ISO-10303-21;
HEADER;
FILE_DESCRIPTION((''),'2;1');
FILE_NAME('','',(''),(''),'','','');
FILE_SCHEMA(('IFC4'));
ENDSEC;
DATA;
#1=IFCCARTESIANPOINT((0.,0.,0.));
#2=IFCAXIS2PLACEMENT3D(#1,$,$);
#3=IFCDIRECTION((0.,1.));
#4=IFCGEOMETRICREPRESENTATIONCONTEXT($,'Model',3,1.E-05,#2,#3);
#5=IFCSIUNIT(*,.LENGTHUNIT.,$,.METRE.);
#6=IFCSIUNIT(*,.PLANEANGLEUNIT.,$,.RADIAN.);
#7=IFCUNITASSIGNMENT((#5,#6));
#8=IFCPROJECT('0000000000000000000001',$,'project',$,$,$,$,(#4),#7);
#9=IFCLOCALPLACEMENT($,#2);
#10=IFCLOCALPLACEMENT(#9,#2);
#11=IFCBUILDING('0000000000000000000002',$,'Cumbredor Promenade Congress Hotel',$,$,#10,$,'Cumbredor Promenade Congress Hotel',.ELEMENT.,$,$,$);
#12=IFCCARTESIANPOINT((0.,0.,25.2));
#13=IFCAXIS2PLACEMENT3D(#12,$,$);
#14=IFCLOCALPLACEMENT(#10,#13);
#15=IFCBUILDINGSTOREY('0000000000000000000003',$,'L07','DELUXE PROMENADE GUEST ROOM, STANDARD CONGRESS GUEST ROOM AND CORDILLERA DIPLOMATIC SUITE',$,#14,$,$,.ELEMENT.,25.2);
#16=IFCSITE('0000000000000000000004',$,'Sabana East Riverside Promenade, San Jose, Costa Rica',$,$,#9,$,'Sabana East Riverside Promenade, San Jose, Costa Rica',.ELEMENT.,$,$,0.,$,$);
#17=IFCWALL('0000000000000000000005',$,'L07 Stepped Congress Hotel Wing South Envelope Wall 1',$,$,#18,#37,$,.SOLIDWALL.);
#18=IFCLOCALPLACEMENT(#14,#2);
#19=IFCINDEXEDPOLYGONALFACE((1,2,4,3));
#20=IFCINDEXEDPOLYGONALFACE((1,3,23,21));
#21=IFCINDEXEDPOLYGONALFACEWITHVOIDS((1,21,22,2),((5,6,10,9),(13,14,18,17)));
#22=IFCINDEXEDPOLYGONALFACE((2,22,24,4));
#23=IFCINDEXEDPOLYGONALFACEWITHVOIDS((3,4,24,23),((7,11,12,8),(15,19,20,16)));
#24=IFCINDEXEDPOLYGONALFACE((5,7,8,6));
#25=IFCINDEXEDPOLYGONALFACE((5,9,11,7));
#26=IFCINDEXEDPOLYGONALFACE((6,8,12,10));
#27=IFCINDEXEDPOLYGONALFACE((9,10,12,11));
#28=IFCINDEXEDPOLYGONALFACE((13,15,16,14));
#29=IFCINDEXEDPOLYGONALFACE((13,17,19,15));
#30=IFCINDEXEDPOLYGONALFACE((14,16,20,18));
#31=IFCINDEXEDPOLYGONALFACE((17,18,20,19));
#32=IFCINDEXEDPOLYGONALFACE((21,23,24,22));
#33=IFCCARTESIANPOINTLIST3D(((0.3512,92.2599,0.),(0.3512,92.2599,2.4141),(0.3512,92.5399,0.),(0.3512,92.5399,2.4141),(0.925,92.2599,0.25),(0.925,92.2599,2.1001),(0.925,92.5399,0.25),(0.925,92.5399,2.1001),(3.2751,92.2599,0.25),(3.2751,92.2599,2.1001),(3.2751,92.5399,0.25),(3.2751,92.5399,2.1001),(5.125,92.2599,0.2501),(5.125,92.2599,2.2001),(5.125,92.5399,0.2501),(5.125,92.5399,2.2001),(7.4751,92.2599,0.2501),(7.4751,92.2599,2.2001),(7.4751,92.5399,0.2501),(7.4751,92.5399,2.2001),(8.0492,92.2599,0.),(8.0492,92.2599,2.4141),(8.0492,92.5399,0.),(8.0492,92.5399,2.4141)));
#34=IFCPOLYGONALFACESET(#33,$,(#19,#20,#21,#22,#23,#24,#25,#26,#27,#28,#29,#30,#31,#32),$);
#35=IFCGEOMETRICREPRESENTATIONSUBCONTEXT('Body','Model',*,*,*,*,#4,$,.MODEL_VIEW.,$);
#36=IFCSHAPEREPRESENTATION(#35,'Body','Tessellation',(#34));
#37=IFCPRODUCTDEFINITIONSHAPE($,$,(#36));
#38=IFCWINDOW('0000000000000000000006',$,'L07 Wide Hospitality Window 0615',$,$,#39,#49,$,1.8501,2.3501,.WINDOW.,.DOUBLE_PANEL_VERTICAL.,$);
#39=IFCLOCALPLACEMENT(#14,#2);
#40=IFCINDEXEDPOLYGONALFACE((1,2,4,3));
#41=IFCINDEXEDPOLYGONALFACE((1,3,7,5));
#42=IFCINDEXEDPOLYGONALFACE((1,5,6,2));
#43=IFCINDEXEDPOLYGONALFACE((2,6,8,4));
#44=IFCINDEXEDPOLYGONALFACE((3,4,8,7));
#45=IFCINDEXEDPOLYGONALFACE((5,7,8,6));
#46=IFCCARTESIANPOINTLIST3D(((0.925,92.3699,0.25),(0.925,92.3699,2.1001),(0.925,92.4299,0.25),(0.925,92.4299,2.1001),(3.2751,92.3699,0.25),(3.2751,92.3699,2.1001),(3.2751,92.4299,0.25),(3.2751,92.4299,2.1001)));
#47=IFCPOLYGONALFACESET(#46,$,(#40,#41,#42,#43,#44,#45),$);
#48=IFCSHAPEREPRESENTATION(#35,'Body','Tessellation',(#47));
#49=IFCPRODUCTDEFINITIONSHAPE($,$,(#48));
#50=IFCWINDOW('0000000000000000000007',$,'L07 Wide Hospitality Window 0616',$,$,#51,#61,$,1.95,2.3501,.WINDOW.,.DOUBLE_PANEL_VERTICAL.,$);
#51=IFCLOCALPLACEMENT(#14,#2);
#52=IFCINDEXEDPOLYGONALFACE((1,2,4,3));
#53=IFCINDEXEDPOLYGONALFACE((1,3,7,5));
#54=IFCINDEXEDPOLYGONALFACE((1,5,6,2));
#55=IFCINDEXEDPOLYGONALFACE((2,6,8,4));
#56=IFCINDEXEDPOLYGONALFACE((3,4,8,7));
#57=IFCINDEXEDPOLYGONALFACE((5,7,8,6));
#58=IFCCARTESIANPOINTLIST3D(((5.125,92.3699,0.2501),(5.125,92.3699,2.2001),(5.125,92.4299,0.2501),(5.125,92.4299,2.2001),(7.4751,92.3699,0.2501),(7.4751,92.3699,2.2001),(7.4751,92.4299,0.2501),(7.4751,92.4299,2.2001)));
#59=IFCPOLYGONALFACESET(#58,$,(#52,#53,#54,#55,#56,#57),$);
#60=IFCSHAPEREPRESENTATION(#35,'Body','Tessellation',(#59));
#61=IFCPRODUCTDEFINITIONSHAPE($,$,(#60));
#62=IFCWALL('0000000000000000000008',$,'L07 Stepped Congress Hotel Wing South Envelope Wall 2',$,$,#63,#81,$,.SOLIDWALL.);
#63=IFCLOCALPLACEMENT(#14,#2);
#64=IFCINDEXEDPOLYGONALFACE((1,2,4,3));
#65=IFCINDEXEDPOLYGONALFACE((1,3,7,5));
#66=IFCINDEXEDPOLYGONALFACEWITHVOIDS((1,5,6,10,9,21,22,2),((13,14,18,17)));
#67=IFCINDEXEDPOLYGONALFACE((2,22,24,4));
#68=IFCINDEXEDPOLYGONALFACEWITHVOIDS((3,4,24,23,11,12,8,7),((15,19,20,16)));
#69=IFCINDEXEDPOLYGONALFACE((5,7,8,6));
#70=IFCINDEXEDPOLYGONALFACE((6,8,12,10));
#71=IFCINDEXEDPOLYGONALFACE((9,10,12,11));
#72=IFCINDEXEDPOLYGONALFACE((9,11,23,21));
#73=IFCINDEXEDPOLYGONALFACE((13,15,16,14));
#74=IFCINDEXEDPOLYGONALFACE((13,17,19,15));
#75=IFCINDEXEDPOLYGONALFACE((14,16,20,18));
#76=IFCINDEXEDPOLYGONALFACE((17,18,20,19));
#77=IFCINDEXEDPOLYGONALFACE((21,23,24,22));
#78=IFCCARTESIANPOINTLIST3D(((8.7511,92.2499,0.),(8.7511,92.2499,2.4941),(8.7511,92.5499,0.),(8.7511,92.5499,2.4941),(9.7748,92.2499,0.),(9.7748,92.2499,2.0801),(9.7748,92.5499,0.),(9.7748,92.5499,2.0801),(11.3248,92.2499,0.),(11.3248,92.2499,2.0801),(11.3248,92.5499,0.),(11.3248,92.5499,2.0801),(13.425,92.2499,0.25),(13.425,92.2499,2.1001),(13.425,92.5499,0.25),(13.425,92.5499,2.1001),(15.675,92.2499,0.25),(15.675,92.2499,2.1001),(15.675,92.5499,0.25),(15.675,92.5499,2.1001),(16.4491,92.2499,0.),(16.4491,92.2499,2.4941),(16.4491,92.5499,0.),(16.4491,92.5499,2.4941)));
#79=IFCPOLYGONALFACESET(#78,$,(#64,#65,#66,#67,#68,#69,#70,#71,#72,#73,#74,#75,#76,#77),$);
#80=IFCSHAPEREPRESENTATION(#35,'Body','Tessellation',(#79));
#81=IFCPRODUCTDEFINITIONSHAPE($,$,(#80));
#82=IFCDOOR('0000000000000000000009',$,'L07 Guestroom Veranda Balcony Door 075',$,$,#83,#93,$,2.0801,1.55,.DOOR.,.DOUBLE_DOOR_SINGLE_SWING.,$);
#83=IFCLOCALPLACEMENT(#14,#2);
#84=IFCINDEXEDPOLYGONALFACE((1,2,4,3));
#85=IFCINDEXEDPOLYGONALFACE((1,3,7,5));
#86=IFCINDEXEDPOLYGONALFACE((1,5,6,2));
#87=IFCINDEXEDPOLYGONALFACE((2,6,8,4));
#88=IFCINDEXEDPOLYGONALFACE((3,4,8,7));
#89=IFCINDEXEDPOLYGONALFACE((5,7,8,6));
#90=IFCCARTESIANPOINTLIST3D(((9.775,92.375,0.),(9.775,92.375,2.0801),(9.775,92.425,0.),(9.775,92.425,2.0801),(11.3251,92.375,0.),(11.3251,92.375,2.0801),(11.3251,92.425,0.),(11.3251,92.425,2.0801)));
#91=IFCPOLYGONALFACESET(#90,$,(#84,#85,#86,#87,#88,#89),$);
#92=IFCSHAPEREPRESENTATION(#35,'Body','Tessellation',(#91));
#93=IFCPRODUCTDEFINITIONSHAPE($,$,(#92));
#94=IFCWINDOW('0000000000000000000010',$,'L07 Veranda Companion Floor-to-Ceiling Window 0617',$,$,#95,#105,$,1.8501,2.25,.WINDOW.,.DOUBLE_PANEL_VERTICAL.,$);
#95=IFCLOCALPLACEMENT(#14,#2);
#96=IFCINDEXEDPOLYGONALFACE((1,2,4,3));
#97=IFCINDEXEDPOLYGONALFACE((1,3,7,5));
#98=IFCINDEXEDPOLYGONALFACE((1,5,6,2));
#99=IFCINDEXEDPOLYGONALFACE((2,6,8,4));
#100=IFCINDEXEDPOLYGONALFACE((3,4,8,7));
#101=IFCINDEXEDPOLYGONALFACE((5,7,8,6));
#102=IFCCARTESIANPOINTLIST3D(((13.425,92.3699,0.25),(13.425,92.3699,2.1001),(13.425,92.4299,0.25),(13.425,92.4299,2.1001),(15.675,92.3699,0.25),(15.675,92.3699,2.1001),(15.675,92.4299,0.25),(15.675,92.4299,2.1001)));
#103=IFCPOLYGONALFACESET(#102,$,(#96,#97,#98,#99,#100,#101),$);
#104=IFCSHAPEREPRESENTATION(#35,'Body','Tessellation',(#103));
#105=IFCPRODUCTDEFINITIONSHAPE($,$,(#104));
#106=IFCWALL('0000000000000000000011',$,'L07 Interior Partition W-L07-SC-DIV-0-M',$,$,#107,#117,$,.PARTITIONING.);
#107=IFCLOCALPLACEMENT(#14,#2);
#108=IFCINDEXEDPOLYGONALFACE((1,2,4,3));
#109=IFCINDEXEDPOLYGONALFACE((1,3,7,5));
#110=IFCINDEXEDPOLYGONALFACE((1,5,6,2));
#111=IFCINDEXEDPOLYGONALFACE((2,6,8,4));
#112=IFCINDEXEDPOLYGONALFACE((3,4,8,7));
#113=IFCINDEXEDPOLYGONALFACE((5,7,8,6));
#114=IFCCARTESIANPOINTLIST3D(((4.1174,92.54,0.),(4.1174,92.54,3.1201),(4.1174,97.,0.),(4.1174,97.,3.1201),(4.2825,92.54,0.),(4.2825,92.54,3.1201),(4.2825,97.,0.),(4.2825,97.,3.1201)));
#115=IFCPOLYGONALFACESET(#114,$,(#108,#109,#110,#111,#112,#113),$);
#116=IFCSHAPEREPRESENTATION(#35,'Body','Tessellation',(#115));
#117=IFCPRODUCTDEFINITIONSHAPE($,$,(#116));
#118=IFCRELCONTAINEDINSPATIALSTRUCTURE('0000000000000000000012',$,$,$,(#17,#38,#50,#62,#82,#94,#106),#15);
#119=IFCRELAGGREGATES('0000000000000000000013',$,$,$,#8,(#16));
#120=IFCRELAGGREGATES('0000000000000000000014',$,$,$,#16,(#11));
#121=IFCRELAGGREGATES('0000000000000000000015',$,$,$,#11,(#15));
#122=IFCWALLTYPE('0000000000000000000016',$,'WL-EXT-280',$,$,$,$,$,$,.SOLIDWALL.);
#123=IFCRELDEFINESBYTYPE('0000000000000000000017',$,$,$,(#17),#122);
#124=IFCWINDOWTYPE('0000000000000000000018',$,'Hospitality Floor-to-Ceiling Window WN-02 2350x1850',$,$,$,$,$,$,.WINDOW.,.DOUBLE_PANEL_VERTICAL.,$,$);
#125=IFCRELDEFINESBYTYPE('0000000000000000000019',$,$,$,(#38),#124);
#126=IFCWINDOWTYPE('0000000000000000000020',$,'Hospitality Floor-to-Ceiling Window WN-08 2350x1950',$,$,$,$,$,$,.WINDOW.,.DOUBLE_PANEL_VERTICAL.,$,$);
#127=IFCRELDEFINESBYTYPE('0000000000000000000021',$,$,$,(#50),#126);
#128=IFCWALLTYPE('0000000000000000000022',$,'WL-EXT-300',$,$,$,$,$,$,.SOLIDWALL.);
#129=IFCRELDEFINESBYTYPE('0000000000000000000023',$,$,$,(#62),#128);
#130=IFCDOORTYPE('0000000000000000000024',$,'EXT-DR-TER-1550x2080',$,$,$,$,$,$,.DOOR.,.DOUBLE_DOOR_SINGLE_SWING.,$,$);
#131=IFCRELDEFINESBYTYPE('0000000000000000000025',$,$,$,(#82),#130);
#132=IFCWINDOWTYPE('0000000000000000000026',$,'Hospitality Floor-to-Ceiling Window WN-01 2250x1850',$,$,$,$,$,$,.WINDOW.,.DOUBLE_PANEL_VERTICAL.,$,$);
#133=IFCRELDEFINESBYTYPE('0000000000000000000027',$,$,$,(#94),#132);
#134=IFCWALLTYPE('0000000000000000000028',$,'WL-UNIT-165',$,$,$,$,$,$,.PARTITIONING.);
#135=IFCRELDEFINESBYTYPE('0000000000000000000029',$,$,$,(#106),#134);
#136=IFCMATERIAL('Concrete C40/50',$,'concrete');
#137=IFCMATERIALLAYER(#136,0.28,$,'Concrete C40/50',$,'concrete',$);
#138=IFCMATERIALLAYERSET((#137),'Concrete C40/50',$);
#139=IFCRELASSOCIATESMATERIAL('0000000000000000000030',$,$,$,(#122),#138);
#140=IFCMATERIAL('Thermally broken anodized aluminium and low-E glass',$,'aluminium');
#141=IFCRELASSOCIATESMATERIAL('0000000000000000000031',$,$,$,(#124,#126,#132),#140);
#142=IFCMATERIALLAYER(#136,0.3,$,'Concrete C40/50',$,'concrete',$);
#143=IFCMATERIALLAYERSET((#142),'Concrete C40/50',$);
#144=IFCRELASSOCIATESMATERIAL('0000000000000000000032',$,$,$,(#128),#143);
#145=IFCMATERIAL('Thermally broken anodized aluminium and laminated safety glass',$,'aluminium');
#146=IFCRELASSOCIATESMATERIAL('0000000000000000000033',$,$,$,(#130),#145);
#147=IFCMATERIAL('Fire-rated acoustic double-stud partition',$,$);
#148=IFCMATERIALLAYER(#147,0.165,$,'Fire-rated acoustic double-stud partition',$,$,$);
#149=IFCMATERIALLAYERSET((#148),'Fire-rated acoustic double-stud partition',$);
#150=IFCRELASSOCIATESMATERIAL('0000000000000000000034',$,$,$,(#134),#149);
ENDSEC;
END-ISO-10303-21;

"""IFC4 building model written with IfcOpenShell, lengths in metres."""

from ifc_helpers import new_model, si_unit, direction, frame, frame_2d, origin, place, context, subcontext, project, spatial, rectangle, extrude, material, layer, layer_set, type_object, element, fill, save


model = new_model("IFC4")

# Units and contexts
model_context = context("Model", 3, precision=1e-05, world=origin(), true_north=direction((0.0, 1.0)))
body_context = subcontext(model_context, "Body", "Model", "MODEL_VIEW")
ifc_project = project(units=[si_unit("LENGTHUNIT", "METRE"), si_unit("PLANEANGLEUNIT", "RADIAN")], contexts=[model_context])

# Site, building, storey
site_placement = place(None, origin())
site = spatial("IfcSite", under=ifc_project, at=site_placement, Name="Sabana East Riverside Promenade, San Jose, Costa Rica", LongName="Sabana East Riverside Promenade, San Jose, Costa Rica", CompositionType="ELEMENT", RefElevation=0.0)
building_placement = place(site_placement, origin())
building = spatial("IfcBuilding", under=site, at=building_placement, Name="Cumbredor Promenade Congress Hotel", LongName="Cumbredor Promenade Congress Hotel", CompositionType="ELEMENT")
storey_placement = place(building_placement, frame((0.0, 0.0, 25.2)))
storey = spatial("IfcBuildingStorey", under=building, at=storey_placement, Name="L07", Description="DELUXE PROMENADE GUEST ROOM, STANDARD CONGRESS GUEST ROOM AND CORDILLERA DIPLOMATIC SUITE", CompositionType="ELEMENT", Elevation=25.2)

# Shared definitions
ifc_material_1 = material(Name="Concrete C40/50", Category="concrete")

# Shared definitions
ifc_material_2 = material(Name="Thermally broken anodized aluminium and low-E glass", Category="aluminium")

# Wall, openings, windows
ifc_layer_1 = layer(ifc_material_1, 0.28, Name="Concrete C40/50", Category="concrete")
ifc_layer_set_1 = layer_set([ifc_layer_1], Name="Concrete C40/50")
wall_type_1 = type_object("IfcWallType", Name="WL-EXT-280", PredefinedType="SOLIDWALL", material=ifc_layer_set_1)
wall_1_placement = place(storey_placement, frame((0.3511, 92.3999, 0.0), z_axis=(0.0, 0.0, 1.0), x_axis=(1.0, 0.0, 0.0)))
wall_1 = element("IfcWall", 1, at=wall_1_placement, inside=storey, type_object=wall_type_1, Name="L07 Stepped Congress Hotel Wing South Envelope Wall 1", PredefinedType="SOLIDWALL", context=body_context, shape_type="SweptSolid", body=[
    extrude(rectangle(XDim=7.698, YDim=0.28, at=frame_2d((3.8491, 0.0))), origin(), (0.0, 0.0, 1.0), 2.4141),
])
opening_1_placement = place(wall_1_placement, frame((0.574, 0.0, 0.25)))
opening_1 = element("IfcOpeningElement", 2, at=opening_1_placement, cuts=wall_1, PredefinedType="OPENING", context=body_context, shape_type="SweptSolid", body=[
    extrude(rectangle(XDim=2.3501, YDim=1.8501, at=frame_2d((1.175, 0.925))), frame((0.0, 0.1499, 0.0), z_axis=(0.0, -1.0, 0.0), x_axis=(1.0, 0.0, 0.0)), (0.0, 0.0, 1.0), 0.3),
])
opening_2_placement = place(wall_1_placement, frame((4.7739, 0.0, 0.25)))
opening_2 = element("IfcOpeningElement", 3, at=opening_2_placement, cuts=wall_1, PredefinedType="OPENING", context=body_context, shape_type="SweptSolid", body=[
    extrude(rectangle(XDim=2.3501, YDim=1.95, at=frame_2d((1.175, 0.9751))), frame((0.0, 0.1499, 0.0), z_axis=(0.0, -1.0, 0.0), x_axis=(1.0, 0.0, 0.0)), (0.0, 0.0, 1.0), 0.3),
])
window_type_1 = type_object("IfcWindowType", Name="Hospitality Floor-to-Ceiling Window WN-02 2350x1850", PartitioningType="DOUBLE_PANEL_VERTICAL", PredefinedType="WINDOW", material=ifc_material_2)
window_1_placement = place(opening_1_placement, origin())
window_1 = element("IfcWindow", 4, at=window_1_placement, inside=storey, type_object=window_type_1, Name="L07 Wide Hospitality Window 0615", OverallHeight=1.8501, OverallWidth=2.3501, PartitioningType="DOUBLE_PANEL_VERTICAL", PredefinedType="WINDOW", context=body_context, shape_type="SweptSolid", body=[
    extrude(rectangle(XDim=2.3501, YDim=1.8501, at=frame_2d((1.175, 0.925))), frame((0.0, 0.03, 0.0), z_axis=(0.0, -1.0, 0.0), x_axis=(1.0, 0.0, 0.0)), (0.0, 0.0, 1.0), 0.0601),
])
fill(opening_1, window_1)
window_type_2 = type_object("IfcWindowType", Name="Hospitality Floor-to-Ceiling Window WN-08 2350x1950", PartitioningType="DOUBLE_PANEL_VERTICAL", PredefinedType="WINDOW", material=ifc_material_2)
window_2_placement = place(opening_2_placement, origin())
window_2 = element("IfcWindow", 5, at=window_2_placement, inside=storey, type_object=window_type_2, Name="L07 Wide Hospitality Window 0616", OverallHeight=1.95, OverallWidth=2.3501, PartitioningType="DOUBLE_PANEL_VERTICAL", PredefinedType="WINDOW", context=body_context, shape_type="SweptSolid", body=[
    extrude(rectangle(XDim=2.3501, YDim=1.95, at=frame_2d((1.175, 0.9751))), frame((0.0, 0.03, 0.0), z_axis=(0.0, -1.0, 0.0), x_axis=(1.0, 0.0, 0.0)), (0.0, 0.0, 1.0), 0.0601),
])
fill(opening_2, window_2)

# Wall, openings, door, window
ifc_layer_2 = layer(ifc_material_1, 0.3, Name="Concrete C40/50", Category="concrete")
ifc_layer_set_2 = layer_set([ifc_layer_2], Name="Concrete C40/50")
wall_type_2 = type_object("IfcWallType", Name="WL-EXT-300", PredefinedType="SOLIDWALL", material=ifc_layer_set_2)
wall_2_placement = place(storey_placement, frame((8.751, 92.3999, 0.0), z_axis=(0.0, 0.0, 1.0), x_axis=(1.0, 0.0, 0.0)))
wall_2 = element("IfcWall", 6, at=wall_2_placement, inside=storey, type_object=wall_type_2, Name="L07 Stepped Congress Hotel Wing South Envelope Wall 2", PredefinedType="SOLIDWALL", context=body_context, shape_type="SweptSolid", body=[
    extrude(rectangle(XDim=7.698, YDim=0.3, at=frame_2d((3.8491, 0.0))), origin(), (0.0, 0.0, 1.0), 2.4941),
])
opening_3_placement = place(wall_2_placement, frame((1.0239, 0.0, 0.0)))
opening_3 = element("IfcOpeningElement", 7, at=opening_3_placement, cuts=wall_2, PredefinedType="OPENING", context=body_context, shape_type="SweptSolid", body=[
    extrude(rectangle(XDim=1.55, YDim=2.0801, at=frame_2d((0.7749, 1.04))), frame((0.0, 0.1602, 0.0), z_axis=(0.0, -1.0, 0.0), x_axis=(1.0, 0.0, 0.0)), (0.0, 0.0, 1.0), 0.3201),
])
opening_4_placement = place(wall_2_placement, frame((4.6741, 0.0, 0.25)))
opening_4 = element("IfcOpeningElement", 8, at=opening_4_placement, cuts=wall_2, PredefinedType="OPENING", context=body_context, shape_type="SweptSolid", body=[
    extrude(rectangle(XDim=2.25, YDim=1.8501, at=frame_2d((1.125, 0.925))), frame((0.0, 0.1602, 0.0), z_axis=(0.0, -1.0, 0.0), x_axis=(1.0, 0.0, 0.0)), (0.0, 0.0, 1.0), 0.3201),
])
ifc_material_3 = material(Name="Thermally broken anodized aluminium and laminated safety glass", Category="aluminium")
door_type = type_object("IfcDoorType", Name="EXT-DR-TER-1550x2080", OperationType="DOUBLE_DOOR_SINGLE_SWING", PredefinedType="DOOR", material=ifc_material_3)
door_placement = place(opening_3_placement, frame((1.55, 0.0, 0.0), z_axis=(0.0, 0.0, 1.0), x_axis=(-1.0, 0.0, 0.0)))
door = element("IfcDoor", 9, at=door_placement, inside=storey, type_object=door_type, Name="L07 Guestroom Veranda Balcony Door 075", OperationType="DOUBLE_DOOR_SINGLE_SWING", OverallHeight=2.0801, OverallWidth=1.55, PredefinedType="DOOR", context=body_context, shape_type="SweptSolid", body=[
    extrude(rectangle(XDim=1.55, YDim=2.0801, at=frame_2d((0.7749, 1.04))), frame((0.0, 0.0249, 0.0), z_axis=(0.0, -1.0, 0.0), x_axis=(1.0, 0.0, 0.0)), (0.0, 0.0, 1.0), 0.05),
])
fill(opening_3, door)
window_type_3 = type_object("IfcWindowType", Name="Hospitality Floor-to-Ceiling Window WN-01 2250x1850", PartitioningType="DOUBLE_PANEL_VERTICAL", PredefinedType="WINDOW", material=ifc_material_2)
window_3_placement = place(opening_4_placement, origin())
window_3 = element("IfcWindow", 10, at=window_3_placement, inside=storey, type_object=window_type_3, Name="L07 Veranda Companion Floor-to-Ceiling Window 0617", OverallHeight=1.8501, OverallWidth=2.25, PartitioningType="DOUBLE_PANEL_VERTICAL", PredefinedType="WINDOW", context=body_context, shape_type="SweptSolid", body=[
    extrude(rectangle(XDim=2.25, YDim=1.8501, at=frame_2d((1.125, 0.925))), frame((0.0, 0.03, 0.0), z_axis=(0.0, -1.0, 0.0), x_axis=(1.0, 0.0, 0.0)), (0.0, 0.0, 1.0), 0.0601),
])
fill(opening_4, window_3)

# Wall
ifc_material_4 = material(Name="Fire-rated acoustic double-stud partition")
ifc_layer_3 = layer(ifc_material_4, 0.165, Name="Fire-rated acoustic double-stud partition")
ifc_layer_set_3 = layer_set([ifc_layer_3], Name="Fire-rated acoustic double-stud partition")
wall_type_3 = type_object("IfcWallType", Name="WL-UNIT-165", PredefinedType="PARTITIONING", material=ifc_layer_set_3)
wall_3_placement = place(storey_placement, frame((4.2, 92.54, 0.0), z_axis=(0.0, 0.0, 1.0), x_axis=(0.0, 1.0, 0.0)))
element("IfcWall", 11, at=wall_3_placement, inside=storey, type_object=wall_type_3, Name="L07 Interior Partition W-L07-SC-DIV-0-M", PredefinedType="PARTITIONING", context=body_context, shape_type="SweptSolid", body=[
    extrude(rectangle(XDim=4.46, YDim=0.165, at=frame_2d((2.23, 0.0))), origin(), (0.0, 0.0, 1.0), 3.1201),
])

save(model, "model.ifc")
